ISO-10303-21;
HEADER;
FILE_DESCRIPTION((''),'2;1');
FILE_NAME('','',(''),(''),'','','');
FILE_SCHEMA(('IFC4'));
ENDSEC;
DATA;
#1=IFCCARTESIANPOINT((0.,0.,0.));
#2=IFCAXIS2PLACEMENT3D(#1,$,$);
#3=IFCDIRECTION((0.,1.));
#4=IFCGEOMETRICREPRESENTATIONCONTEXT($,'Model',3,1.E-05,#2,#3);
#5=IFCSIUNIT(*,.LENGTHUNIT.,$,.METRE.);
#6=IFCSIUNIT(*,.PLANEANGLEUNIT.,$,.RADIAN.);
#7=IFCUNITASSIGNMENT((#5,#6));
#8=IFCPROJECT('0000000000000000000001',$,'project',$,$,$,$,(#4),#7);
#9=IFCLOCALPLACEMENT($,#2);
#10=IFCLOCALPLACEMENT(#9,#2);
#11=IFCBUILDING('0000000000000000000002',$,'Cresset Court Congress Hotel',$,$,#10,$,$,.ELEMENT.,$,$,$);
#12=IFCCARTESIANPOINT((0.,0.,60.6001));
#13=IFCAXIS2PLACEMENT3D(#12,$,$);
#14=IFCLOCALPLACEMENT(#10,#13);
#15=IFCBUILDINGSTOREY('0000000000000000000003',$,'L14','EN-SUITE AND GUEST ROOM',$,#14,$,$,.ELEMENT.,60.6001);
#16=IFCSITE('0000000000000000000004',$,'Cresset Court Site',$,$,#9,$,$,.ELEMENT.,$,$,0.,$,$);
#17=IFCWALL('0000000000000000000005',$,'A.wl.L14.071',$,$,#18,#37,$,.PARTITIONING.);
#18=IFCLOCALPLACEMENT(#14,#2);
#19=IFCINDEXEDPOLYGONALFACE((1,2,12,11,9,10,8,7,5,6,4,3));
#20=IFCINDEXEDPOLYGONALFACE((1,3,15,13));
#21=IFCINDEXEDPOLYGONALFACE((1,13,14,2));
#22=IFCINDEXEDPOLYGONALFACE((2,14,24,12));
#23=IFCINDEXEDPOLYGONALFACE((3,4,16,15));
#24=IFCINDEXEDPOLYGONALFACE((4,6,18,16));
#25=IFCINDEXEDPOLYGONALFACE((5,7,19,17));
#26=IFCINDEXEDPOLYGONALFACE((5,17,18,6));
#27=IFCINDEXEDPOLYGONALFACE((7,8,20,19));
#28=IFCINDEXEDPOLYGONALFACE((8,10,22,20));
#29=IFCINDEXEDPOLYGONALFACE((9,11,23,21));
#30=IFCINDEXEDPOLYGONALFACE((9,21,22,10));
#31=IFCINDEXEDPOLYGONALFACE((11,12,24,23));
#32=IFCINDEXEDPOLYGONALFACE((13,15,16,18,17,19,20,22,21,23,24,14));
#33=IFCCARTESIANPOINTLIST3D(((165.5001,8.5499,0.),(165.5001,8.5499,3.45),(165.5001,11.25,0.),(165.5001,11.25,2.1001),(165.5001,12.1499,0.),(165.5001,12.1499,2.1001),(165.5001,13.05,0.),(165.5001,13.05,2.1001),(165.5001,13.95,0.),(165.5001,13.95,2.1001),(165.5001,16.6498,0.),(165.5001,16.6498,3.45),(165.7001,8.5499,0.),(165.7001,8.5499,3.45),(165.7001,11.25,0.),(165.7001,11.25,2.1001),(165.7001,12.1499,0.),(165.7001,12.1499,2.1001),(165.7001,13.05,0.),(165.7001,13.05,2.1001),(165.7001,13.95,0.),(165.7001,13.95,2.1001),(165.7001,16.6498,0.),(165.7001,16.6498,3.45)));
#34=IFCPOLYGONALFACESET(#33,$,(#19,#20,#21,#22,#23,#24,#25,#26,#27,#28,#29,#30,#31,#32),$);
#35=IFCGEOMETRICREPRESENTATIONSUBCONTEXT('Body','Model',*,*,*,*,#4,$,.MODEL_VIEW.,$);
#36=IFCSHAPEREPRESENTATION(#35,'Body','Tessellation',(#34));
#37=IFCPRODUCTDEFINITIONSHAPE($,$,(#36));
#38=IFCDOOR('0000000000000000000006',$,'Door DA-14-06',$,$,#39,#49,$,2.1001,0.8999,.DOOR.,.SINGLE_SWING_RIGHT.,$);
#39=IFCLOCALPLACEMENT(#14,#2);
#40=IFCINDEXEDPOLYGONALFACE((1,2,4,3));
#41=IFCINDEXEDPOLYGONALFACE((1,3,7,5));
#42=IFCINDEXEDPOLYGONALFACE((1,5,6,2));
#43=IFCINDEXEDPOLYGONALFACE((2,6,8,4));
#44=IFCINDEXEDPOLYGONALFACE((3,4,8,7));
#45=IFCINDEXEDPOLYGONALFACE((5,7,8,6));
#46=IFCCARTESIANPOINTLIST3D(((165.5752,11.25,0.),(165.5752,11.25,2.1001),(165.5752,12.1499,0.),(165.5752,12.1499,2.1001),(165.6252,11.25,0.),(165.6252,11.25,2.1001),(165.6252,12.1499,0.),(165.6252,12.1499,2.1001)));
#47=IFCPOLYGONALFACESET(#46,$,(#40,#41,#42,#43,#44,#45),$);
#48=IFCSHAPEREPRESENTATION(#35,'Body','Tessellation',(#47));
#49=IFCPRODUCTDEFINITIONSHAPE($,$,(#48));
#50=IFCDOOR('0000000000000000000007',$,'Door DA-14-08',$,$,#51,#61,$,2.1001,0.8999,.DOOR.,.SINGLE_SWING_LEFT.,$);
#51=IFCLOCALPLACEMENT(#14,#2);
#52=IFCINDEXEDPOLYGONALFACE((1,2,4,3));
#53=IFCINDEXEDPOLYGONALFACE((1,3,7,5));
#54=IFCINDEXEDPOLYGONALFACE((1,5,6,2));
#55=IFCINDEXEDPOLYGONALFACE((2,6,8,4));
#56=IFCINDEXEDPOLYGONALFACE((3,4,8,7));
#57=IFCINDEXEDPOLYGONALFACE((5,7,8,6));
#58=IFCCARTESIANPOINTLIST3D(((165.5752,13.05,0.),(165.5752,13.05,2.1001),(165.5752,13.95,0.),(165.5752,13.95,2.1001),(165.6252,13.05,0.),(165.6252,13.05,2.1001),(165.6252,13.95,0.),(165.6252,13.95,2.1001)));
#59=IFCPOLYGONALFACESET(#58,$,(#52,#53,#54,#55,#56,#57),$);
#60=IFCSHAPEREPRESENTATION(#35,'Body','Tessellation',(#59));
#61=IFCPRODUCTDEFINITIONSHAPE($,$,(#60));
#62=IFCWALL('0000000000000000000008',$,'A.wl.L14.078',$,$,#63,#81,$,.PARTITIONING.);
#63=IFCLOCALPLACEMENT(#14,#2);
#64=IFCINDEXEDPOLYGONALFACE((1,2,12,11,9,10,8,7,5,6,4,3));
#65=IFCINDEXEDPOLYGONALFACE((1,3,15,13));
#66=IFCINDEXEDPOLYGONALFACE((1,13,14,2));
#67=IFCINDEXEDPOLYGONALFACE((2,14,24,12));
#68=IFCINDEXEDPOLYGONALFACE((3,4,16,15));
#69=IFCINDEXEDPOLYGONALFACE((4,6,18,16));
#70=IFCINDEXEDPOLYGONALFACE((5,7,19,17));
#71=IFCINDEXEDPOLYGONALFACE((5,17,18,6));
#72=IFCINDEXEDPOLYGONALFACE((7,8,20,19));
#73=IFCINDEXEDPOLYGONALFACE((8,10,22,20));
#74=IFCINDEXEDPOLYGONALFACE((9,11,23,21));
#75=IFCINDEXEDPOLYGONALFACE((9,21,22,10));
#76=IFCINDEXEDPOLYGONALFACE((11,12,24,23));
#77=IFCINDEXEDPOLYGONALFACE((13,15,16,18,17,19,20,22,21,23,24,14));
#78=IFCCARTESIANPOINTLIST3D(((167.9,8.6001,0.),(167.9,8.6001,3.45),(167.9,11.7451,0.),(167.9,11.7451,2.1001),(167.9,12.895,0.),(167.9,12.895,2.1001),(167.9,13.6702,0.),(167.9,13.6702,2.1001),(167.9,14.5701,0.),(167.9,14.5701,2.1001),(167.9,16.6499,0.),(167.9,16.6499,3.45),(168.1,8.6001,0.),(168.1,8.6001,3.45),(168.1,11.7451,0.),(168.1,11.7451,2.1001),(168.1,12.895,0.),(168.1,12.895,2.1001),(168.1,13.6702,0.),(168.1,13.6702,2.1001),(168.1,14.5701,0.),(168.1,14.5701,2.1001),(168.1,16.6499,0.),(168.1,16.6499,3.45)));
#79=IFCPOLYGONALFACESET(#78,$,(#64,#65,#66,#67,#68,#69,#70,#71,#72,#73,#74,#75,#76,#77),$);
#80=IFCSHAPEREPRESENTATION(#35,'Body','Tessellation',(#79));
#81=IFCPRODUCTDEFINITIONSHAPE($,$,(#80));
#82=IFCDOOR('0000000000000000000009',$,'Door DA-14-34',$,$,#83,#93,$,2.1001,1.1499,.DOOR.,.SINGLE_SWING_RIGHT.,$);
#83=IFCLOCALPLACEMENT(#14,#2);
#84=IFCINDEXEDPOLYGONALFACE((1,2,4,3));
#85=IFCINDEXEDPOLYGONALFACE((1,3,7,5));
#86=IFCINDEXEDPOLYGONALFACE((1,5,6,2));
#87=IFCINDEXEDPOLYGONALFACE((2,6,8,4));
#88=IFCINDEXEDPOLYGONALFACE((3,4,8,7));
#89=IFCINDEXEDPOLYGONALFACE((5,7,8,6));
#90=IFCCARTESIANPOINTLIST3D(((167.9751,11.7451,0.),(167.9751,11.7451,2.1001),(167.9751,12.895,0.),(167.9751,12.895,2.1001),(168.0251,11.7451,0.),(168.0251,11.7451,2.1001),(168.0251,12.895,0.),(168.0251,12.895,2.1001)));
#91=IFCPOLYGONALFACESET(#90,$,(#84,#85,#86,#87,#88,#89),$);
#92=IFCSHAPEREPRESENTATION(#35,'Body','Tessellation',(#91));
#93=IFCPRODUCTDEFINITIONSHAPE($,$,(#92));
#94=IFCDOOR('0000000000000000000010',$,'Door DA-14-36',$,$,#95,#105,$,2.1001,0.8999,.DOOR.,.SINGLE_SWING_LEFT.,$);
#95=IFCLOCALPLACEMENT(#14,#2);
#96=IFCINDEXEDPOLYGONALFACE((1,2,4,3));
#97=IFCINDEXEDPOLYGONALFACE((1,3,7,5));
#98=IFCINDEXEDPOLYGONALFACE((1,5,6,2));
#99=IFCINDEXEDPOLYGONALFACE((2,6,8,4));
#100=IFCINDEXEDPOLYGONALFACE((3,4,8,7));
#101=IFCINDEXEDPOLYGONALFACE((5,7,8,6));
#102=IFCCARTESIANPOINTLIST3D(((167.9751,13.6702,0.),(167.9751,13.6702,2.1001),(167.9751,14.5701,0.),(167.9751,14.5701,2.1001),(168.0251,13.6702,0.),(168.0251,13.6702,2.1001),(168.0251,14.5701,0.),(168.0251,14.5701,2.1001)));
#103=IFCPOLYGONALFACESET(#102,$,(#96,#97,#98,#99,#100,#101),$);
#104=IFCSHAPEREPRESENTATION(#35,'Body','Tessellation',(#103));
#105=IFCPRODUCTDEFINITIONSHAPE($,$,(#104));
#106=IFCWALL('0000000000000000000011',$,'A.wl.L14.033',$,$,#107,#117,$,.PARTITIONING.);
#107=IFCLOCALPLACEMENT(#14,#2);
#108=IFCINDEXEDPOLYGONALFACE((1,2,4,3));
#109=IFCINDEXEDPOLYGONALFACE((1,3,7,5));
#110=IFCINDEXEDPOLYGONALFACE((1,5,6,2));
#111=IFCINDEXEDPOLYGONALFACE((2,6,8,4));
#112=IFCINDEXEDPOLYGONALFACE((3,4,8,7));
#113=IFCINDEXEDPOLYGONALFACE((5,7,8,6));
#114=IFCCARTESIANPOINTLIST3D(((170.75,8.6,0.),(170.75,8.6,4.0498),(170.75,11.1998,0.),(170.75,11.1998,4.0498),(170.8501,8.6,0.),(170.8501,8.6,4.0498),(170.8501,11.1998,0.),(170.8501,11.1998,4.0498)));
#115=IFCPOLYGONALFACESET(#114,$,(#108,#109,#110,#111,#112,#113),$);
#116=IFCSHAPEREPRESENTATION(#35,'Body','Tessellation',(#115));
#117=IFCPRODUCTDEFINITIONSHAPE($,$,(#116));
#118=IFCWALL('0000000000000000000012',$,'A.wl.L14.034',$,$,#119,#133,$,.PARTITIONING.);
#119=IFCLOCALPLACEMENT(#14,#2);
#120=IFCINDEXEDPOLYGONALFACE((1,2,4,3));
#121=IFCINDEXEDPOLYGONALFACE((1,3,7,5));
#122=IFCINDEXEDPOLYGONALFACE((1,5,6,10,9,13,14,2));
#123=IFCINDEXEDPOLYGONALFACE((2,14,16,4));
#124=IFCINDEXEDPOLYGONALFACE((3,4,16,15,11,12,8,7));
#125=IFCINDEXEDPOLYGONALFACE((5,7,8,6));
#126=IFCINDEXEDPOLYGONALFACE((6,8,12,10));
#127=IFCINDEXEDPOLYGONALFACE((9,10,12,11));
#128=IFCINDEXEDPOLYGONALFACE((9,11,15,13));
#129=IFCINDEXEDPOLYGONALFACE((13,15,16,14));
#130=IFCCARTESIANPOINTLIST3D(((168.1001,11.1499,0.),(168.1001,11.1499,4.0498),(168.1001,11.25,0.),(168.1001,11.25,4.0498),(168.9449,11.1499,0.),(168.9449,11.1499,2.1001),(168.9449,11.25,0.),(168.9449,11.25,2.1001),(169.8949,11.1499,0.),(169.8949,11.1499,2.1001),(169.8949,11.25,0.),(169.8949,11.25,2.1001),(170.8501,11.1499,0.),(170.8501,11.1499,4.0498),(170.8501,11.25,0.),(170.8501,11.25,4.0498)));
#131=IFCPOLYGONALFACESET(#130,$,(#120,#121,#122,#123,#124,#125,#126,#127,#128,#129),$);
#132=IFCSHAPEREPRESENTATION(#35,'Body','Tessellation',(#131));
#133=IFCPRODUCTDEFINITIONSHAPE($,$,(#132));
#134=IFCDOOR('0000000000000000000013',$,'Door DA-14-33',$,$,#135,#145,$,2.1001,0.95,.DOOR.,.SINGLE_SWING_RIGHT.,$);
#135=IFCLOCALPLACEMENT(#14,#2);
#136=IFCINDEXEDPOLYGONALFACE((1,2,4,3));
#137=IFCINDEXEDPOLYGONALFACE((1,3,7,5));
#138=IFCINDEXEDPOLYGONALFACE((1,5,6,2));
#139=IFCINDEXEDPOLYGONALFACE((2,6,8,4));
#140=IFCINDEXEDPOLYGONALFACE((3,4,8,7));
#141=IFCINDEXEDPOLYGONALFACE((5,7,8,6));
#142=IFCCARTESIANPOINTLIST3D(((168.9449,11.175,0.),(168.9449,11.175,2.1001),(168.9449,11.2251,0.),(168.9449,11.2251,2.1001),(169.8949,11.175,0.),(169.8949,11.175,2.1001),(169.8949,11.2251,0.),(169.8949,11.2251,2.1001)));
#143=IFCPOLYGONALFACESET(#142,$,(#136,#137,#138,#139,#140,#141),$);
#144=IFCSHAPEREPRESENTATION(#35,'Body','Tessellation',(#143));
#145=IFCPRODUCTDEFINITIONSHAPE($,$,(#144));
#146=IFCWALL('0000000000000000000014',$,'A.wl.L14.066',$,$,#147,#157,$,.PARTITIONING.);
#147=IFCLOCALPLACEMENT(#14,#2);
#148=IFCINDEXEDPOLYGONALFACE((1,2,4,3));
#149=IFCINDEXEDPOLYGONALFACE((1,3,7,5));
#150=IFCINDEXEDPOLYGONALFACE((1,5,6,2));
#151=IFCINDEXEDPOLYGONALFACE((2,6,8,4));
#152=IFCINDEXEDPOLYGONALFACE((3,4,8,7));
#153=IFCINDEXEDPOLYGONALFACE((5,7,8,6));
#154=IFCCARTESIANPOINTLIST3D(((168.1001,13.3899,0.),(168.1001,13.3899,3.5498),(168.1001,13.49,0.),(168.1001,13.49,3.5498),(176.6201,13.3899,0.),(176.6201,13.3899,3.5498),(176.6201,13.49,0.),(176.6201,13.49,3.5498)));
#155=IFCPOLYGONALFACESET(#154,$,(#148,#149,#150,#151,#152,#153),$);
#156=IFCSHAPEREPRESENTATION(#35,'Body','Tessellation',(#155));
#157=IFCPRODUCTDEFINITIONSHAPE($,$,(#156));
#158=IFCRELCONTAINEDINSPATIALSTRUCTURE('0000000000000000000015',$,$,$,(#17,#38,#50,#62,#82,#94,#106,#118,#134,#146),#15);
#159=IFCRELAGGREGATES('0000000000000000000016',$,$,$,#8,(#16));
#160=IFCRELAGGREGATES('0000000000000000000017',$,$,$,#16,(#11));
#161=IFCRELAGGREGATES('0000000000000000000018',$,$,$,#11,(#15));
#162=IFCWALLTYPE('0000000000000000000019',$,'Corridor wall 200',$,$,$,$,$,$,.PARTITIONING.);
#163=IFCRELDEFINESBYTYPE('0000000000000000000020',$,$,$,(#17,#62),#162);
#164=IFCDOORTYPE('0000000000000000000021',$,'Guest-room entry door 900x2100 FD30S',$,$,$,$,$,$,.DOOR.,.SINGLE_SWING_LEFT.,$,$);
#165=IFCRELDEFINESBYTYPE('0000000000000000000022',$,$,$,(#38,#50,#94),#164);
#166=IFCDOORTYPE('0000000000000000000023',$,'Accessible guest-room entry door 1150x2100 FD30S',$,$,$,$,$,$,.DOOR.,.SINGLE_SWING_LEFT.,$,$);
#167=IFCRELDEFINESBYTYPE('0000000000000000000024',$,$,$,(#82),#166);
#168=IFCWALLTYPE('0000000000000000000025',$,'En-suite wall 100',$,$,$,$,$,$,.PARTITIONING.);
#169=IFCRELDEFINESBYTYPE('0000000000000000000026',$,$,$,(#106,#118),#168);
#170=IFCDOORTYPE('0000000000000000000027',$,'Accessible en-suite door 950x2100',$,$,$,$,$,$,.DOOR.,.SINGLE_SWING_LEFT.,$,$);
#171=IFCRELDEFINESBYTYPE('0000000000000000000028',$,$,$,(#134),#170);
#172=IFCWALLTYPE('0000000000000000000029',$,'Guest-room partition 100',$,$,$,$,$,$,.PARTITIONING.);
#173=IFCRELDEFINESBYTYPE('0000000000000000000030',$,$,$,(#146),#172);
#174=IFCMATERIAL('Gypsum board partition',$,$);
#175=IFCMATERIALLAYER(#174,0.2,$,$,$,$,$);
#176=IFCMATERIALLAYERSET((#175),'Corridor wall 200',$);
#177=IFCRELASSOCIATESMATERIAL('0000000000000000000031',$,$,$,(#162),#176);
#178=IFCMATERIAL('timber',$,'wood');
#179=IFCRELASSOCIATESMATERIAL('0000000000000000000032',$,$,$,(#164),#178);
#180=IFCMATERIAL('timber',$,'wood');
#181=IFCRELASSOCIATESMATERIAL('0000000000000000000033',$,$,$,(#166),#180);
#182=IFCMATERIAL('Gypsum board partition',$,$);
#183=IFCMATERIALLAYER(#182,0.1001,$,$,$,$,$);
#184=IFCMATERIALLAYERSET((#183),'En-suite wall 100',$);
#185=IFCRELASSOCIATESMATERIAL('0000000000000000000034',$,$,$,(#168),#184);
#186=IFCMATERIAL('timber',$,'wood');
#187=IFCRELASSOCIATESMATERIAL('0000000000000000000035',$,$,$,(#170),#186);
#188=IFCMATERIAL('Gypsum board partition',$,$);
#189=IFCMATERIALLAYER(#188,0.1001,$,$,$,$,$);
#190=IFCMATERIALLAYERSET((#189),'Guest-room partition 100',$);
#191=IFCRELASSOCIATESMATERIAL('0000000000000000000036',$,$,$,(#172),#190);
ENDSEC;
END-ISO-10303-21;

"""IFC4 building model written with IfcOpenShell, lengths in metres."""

from ifc_helpers import new_model, si_unit, direction, frame, frame_2d, origin, place, context, subcontext, project, spatial, rectangle, extrude, material, layer, layer_set, type_object, element, fill, save


model = new_model("IFC4")

# Units and contexts
model_context = context("Model", 3, precision=1e-05, world=origin(), true_north=direction((0.0, 1.0)))
body_context = subcontext(model_context, "Body", "Model", "MODEL_VIEW")
ifc_project = project(units=[si_unit("LENGTHUNIT", "METRE"), si_unit("PLANEANGLEUNIT", "RADIAN")], contexts=[model_context])

# Site, building, storey
site_placement = place(None, origin())
site = spatial("IfcSite", under=ifc_project, at=site_placement, Name="Cresset Court Site", CompositionType="ELEMENT", RefElevation=0.0)
building_placement = place(site_placement, origin())
building = spatial("IfcBuilding", under=site, at=building_placement, Name="Cresset Court Congress Hotel", CompositionType="ELEMENT")
storey_placement = place(building_placement, frame((0.0, 0.0, 60.6001)))
storey = spatial("IfcBuildingStorey", under=building, at=storey_placement, Name="L14", Description="EN-SUITE AND GUEST ROOM", CompositionType="ELEMENT", Elevation=60.6001)

# Walls, openings, doors
ifc_material_1 = material(Name="Gypsum board partition")
ifc_layer_1 = layer(ifc_material_1, 0.2)
ifc_layer_set_1 = layer_set([ifc_layer_1], Name="Corridor wall 200")
wall_type_1 = type_object("IfcWallType", Name="Corridor wall 200", PredefinedType="PARTITIONING", material=ifc_layer_set_1)
wall_1_placement = place(storey_placement, frame((165.6001, 8.55, 0.0), z_axis=(0.0, 0.0, 1.0), x_axis=(0.0, 1.0, 0.0)))
wall_1 = element("IfcWall", 1, at=wall_1_placement, inside=storey, type_object=wall_type_1, Name="A.wl.L14.071", PredefinedType="PARTITIONING", context=body_context, shape_type="SweptSolid", body=[
    extrude(rectangle(XDim=8.0999, YDim=0.2, at=frame_2d((4.0498, 0.0))), origin(), (0.0, 0.0, 1.0), 3.45),
])
opening_1_placement = place(wall_1_placement, frame((2.7, 0.0, 0.0)))
opening_1 = element("IfcOpeningElement", 2, at=opening_1_placement, cuts=wall_1, PredefinedType="OPENING", context=body_context, shape_type="SweptSolid", body=[
    extrude(rectangle(XDim=0.8999, YDim=2.1001, at=frame_2d((0.45, 1.05))), frame((0.0, 0.1099, 0.0), z_axis=(0.0, -1.0, 0.0), x_axis=(1.0, 0.0, 0.0)), (0.0, 0.0, 1.0), 0.22),
])
opening_2_placement = place(wall_1_placement, frame((4.5, 0.0, 0.0)))
opening_2 = element("IfcOpeningElement", 3, at=opening_2_placement, cuts=wall_1, PredefinedType="OPENING", context=body_context, shape_type="SweptSolid", body=[
    extrude(rectangle(XDim=0.8999, YDim=2.1001, at=frame_2d((0.45, 1.05))), frame((0.0, 0.1099, 0.0), z_axis=(0.0, -1.0, 0.0), x_axis=(1.0, 0.0, 0.0)), (0.0, 0.0, 1.0), 0.22),
])
ifc_material_2 = material(Name="timber", Category="wood")
door_type_1 = type_object("IfcDoorType", Name="Guest-room entry door 900x2100 FD30S", OperationType="SINGLE_SWING_LEFT", PredefinedType="DOOR", material=ifc_material_2)
door_1_placement = place(opening_1_placement, origin())
door_1 = element("IfcDoor", 4, at=door_1_placement, inside=storey, type_object=door_type_1, Name="Door DA-14-06", OperationType="SINGLE_SWING_RIGHT", OverallHeight=2.1001, OverallWidth=0.8999, PredefinedType="DOOR", context=body_context, shape_type="SweptSolid", body=[
    extrude(rectangle(XDim=0.8999, YDim=2.1001, at=frame_2d((0.45, 1.05))), frame((0.0, 0.0249, 0.0), z_axis=(0.0, -1.0, 0.0), x_axis=(1.0, 0.0, 0.0)), (0.0, 0.0, 1.0), 0.05),
])
fill(opening_1, door_1)
door_2_placement = place(opening_2_placement, origin())
door_2 = element("IfcDoor", 5, at=door_2_placement, inside=storey, type_object=door_type_1, Name="Door DA-14-08", OperationType="SINGLE_SWING_LEFT", OverallHeight=2.1001, OverallWidth=0.8999, PredefinedType="DOOR", context=body_context, shape_type="SweptSolid", body=[
    extrude(rectangle(XDim=0.8999, YDim=2.1001, at=frame_2d((0.45, 1.05))), frame((0.0, 0.0249, 0.0), z_axis=(0.0, -1.0, 0.0), x_axis=(1.0, 0.0, 0.0)), (0.0, 0.0, 1.0), 0.05),
])
fill(opening_2, door_2)
wall_2_placement = place(storey_placement, frame((168.0, 8.6001, 0.0), z_axis=(0.0, 0.0, 1.0), x_axis=(0.0, 1.0, 0.0)))
wall_2 = element("IfcWall", 6, at=wall_2_placement, inside=storey, type_object=wall_type_1, Name="A.wl.L14.078", PredefinedType="PARTITIONING", context=body_context, shape_type="SweptSolid", body=[
    extrude(rectangle(XDim=8.0498, YDim=0.2, at=frame_2d((4.0249, 0.0))), origin(), (0.0, 0.0, 1.0), 3.45),
])
opening_3_placement = place(wall_2_placement, frame((3.145, 0.0, 0.0)))
opening_3 = element("IfcOpeningElement", 7, at=opening_3_placement, cuts=wall_2, PredefinedType="OPENING", context=body_context, shape_type="SweptSolid", body=[
    extrude(rectangle(XDim=1.1499, YDim=2.1001, at=frame_2d((0.575, 1.05))), frame((0.0, 0.1099, 0.0), z_axis=(0.0, -1.0, 0.0), x_axis=(1.0, 0.0, 0.0)), (0.0, 0.0, 1.0), 0.22),
])
opening_4_placement = place(wall_2_placement, frame((5.0701, 0.0, 0.0)))
opening_4 = element("IfcOpeningElement", 8, at=opening_4_placement, cuts=wall_2, PredefinedType="OPENING", context=body_context, shape_type="SweptSolid", body=[
    extrude(rectangle(XDim=0.8999, YDim=2.1001, at=frame_2d((0.45, 1.05))), frame((0.0, 0.1099, 0.0), z_axis=(0.0, -1.0, 0.0), x_axis=(1.0, 0.0, 0.0)), (0.0, 0.0, 1.0), 0.22),
])
ifc_material_3 = material(Name="timber", Category="wood")
door_type_2 = type_object("IfcDoorType", Name="Accessible guest-room entry door 1150x2100 FD30S", OperationType="SINGLE_SWING_LEFT", PredefinedType="DOOR", material=ifc_material_3)
door_3_placement = place(opening_3_placement, origin())
door_3 = element("IfcDoor", 9, at=door_3_placement, inside=storey, type_object=door_type_2, Name="Door DA-14-34", OperationType="SINGLE_SWING_RIGHT", OverallHeight=2.1001, OverallWidth=1.1499, PredefinedType="DOOR", context=body_context, shape_type="SweptSolid", body=[
    extrude(rectangle(XDim=1.1499, YDim=2.1001, at=frame_2d((0.575, 1.05))), frame((0.0, 0.0249, 0.0), z_axis=(0.0, -1.0, 0.0), x_axis=(1.0, 0.0, 0.0)), (0.0, 0.0, 1.0), 0.05),
])
fill(opening_3, door_3)
door_4_placement = place(opening_4_placement, origin())
door_4 = element("IfcDoor", 10, at=door_4_placement, inside=storey, type_object=door_type_1, Name="Door DA-14-36", OperationType="SINGLE_SWING_LEFT", OverallHeight=2.1001, OverallWidth=0.8999, PredefinedType="DOOR", context=body_context, shape_type="SweptSolid", body=[
    extrude(rectangle(XDim=0.8999, YDim=2.1001, at=frame_2d((0.45, 1.05))), frame((0.0, 0.0249, 0.0), z_axis=(0.0, -1.0, 0.0), x_axis=(1.0, 0.0, 0.0)), (0.0, 0.0, 1.0), 0.05),
])
fill(opening_4, door_4)

# Wall
ifc_material_4 = material(Name="Gypsum board partition")
ifc_layer_2 = layer(ifc_material_4, 0.1001)
ifc_layer_set_2 = layer_set([ifc_layer_2], Name="En-suite wall 100")
wall_type_2 = type_object("IfcWallType", Name="En-suite wall 100", PredefinedType="PARTITIONING", material=ifc_layer_set_2)
wall_3_placement = place(storey_placement, frame((170.8, 8.6001, 0.0), z_axis=(0.0, 0.0, 1.0), x_axis=(0.0, 1.0, 0.0)))
element("IfcWall", 11, at=wall_3_placement, inside=storey, type_object=wall_type_2, Name="A.wl.L14.033", PredefinedType="PARTITIONING", context=body_context, shape_type="SweptSolid", body=[
    extrude(rectangle(XDim=2.5999, YDim=0.1001, at=frame_2d((1.2998, 0.0))), origin(), (0.0, 0.0, 1.0), 4.0498),
])

# Wall, opening, door
wall_4_placement = place(storey_placement, frame((170.8501, 11.2, 0.0), z_axis=(0.0, 0.0, 1.0), x_axis=(-1.0, 0.0, 0.0)))
wall_4 = element("IfcWall", 12, at=wall_4_placement, inside=storey, type_object=wall_type_2, Name="A.wl.L14.034", PredefinedType="PARTITIONING", context=body_context, shape_type="SweptSolid", body=[
    extrude(rectangle(XDim=2.75, YDim=0.1001, at=frame_2d((1.375, 0.0))), origin(), (0.0, 0.0, 1.0), 4.0498),
])
opening_5_placement = place(wall_4_placement, frame((0.9551, 0.0, 0.0)))
opening_5 = element("IfcOpeningElement", 13, at=opening_5_placement, cuts=wall_4, PredefinedType="OPENING", context=body_context, shape_type="SweptSolid", body=[
    extrude(rectangle(XDim=0.95, YDim=2.1001, at=frame_2d((0.4751, 1.05))), frame((0.0, 0.0601, 0.0), z_axis=(0.0, -1.0, 0.0), x_axis=(1.0, 0.0, 0.0)), (0.0, 0.0, 1.0), 0.1201),
])
ifc_material_5 = material(Name="timber", Category="wood")
door_type_3 = type_object("IfcDoorType", Name="Accessible en-suite door 950x2100", OperationType="SINGLE_SWING_LEFT", PredefinedType="DOOR", material=ifc_material_5)
door_5_placement = place(opening_5_placement, origin())
door_5 = element("IfcDoor", 14, at=door_5_placement, inside=storey, type_object=door_type_3, Name="Door DA-14-33", OperationType="SINGLE_SWING_RIGHT", OverallHeight=2.1001, OverallWidth=0.95, PredefinedType="DOOR", context=body_context, shape_type="SweptSolid", body=[
    extrude(rectangle(XDim=0.95, YDim=2.1001, at=frame_2d((0.4751, 1.05))), frame((0.0, 0.0249, 0.0), z_axis=(0.0, -1.0, 0.0), x_axis=(1.0, 0.0, 0.0)), (0.0, 0.0, 1.0), 0.05),
])
fill(opening_5, door_5)

# Wall
ifc_material_6 = material(Name="Gypsum board partition")
ifc_layer_3 = layer(ifc_material_6, 0.1001)
ifc_layer_set_3 = layer_set([ifc_layer_3], Name="Guest-room partition 100")
wall_type_3 = type_object("IfcWallType", Name="Guest-room partition 100", PredefinedType="PARTITIONING", material=ifc_layer_set_3)
wall_5_placement = place(storey_placement, frame((168.1001, 13.4399, 0.0), z_axis=(0.0, 0.0, 1.0), x_axis=(1.0, 0.0, 0.0)))
element("IfcWall", 15, at=wall_5_placement, inside=storey, type_object=wall_type_3, Name="A.wl.L14.066", PredefinedType="PARTITIONING", context=body_context, shape_type="SweptSolid", body=[
    extrude(rectangle(XDim=8.52, YDim=0.1001, at=frame_2d((4.26, 0.0))), origin(), (0.0, 0.0, 1.0), 3.5498),
])

save(model, "model.ifc")
